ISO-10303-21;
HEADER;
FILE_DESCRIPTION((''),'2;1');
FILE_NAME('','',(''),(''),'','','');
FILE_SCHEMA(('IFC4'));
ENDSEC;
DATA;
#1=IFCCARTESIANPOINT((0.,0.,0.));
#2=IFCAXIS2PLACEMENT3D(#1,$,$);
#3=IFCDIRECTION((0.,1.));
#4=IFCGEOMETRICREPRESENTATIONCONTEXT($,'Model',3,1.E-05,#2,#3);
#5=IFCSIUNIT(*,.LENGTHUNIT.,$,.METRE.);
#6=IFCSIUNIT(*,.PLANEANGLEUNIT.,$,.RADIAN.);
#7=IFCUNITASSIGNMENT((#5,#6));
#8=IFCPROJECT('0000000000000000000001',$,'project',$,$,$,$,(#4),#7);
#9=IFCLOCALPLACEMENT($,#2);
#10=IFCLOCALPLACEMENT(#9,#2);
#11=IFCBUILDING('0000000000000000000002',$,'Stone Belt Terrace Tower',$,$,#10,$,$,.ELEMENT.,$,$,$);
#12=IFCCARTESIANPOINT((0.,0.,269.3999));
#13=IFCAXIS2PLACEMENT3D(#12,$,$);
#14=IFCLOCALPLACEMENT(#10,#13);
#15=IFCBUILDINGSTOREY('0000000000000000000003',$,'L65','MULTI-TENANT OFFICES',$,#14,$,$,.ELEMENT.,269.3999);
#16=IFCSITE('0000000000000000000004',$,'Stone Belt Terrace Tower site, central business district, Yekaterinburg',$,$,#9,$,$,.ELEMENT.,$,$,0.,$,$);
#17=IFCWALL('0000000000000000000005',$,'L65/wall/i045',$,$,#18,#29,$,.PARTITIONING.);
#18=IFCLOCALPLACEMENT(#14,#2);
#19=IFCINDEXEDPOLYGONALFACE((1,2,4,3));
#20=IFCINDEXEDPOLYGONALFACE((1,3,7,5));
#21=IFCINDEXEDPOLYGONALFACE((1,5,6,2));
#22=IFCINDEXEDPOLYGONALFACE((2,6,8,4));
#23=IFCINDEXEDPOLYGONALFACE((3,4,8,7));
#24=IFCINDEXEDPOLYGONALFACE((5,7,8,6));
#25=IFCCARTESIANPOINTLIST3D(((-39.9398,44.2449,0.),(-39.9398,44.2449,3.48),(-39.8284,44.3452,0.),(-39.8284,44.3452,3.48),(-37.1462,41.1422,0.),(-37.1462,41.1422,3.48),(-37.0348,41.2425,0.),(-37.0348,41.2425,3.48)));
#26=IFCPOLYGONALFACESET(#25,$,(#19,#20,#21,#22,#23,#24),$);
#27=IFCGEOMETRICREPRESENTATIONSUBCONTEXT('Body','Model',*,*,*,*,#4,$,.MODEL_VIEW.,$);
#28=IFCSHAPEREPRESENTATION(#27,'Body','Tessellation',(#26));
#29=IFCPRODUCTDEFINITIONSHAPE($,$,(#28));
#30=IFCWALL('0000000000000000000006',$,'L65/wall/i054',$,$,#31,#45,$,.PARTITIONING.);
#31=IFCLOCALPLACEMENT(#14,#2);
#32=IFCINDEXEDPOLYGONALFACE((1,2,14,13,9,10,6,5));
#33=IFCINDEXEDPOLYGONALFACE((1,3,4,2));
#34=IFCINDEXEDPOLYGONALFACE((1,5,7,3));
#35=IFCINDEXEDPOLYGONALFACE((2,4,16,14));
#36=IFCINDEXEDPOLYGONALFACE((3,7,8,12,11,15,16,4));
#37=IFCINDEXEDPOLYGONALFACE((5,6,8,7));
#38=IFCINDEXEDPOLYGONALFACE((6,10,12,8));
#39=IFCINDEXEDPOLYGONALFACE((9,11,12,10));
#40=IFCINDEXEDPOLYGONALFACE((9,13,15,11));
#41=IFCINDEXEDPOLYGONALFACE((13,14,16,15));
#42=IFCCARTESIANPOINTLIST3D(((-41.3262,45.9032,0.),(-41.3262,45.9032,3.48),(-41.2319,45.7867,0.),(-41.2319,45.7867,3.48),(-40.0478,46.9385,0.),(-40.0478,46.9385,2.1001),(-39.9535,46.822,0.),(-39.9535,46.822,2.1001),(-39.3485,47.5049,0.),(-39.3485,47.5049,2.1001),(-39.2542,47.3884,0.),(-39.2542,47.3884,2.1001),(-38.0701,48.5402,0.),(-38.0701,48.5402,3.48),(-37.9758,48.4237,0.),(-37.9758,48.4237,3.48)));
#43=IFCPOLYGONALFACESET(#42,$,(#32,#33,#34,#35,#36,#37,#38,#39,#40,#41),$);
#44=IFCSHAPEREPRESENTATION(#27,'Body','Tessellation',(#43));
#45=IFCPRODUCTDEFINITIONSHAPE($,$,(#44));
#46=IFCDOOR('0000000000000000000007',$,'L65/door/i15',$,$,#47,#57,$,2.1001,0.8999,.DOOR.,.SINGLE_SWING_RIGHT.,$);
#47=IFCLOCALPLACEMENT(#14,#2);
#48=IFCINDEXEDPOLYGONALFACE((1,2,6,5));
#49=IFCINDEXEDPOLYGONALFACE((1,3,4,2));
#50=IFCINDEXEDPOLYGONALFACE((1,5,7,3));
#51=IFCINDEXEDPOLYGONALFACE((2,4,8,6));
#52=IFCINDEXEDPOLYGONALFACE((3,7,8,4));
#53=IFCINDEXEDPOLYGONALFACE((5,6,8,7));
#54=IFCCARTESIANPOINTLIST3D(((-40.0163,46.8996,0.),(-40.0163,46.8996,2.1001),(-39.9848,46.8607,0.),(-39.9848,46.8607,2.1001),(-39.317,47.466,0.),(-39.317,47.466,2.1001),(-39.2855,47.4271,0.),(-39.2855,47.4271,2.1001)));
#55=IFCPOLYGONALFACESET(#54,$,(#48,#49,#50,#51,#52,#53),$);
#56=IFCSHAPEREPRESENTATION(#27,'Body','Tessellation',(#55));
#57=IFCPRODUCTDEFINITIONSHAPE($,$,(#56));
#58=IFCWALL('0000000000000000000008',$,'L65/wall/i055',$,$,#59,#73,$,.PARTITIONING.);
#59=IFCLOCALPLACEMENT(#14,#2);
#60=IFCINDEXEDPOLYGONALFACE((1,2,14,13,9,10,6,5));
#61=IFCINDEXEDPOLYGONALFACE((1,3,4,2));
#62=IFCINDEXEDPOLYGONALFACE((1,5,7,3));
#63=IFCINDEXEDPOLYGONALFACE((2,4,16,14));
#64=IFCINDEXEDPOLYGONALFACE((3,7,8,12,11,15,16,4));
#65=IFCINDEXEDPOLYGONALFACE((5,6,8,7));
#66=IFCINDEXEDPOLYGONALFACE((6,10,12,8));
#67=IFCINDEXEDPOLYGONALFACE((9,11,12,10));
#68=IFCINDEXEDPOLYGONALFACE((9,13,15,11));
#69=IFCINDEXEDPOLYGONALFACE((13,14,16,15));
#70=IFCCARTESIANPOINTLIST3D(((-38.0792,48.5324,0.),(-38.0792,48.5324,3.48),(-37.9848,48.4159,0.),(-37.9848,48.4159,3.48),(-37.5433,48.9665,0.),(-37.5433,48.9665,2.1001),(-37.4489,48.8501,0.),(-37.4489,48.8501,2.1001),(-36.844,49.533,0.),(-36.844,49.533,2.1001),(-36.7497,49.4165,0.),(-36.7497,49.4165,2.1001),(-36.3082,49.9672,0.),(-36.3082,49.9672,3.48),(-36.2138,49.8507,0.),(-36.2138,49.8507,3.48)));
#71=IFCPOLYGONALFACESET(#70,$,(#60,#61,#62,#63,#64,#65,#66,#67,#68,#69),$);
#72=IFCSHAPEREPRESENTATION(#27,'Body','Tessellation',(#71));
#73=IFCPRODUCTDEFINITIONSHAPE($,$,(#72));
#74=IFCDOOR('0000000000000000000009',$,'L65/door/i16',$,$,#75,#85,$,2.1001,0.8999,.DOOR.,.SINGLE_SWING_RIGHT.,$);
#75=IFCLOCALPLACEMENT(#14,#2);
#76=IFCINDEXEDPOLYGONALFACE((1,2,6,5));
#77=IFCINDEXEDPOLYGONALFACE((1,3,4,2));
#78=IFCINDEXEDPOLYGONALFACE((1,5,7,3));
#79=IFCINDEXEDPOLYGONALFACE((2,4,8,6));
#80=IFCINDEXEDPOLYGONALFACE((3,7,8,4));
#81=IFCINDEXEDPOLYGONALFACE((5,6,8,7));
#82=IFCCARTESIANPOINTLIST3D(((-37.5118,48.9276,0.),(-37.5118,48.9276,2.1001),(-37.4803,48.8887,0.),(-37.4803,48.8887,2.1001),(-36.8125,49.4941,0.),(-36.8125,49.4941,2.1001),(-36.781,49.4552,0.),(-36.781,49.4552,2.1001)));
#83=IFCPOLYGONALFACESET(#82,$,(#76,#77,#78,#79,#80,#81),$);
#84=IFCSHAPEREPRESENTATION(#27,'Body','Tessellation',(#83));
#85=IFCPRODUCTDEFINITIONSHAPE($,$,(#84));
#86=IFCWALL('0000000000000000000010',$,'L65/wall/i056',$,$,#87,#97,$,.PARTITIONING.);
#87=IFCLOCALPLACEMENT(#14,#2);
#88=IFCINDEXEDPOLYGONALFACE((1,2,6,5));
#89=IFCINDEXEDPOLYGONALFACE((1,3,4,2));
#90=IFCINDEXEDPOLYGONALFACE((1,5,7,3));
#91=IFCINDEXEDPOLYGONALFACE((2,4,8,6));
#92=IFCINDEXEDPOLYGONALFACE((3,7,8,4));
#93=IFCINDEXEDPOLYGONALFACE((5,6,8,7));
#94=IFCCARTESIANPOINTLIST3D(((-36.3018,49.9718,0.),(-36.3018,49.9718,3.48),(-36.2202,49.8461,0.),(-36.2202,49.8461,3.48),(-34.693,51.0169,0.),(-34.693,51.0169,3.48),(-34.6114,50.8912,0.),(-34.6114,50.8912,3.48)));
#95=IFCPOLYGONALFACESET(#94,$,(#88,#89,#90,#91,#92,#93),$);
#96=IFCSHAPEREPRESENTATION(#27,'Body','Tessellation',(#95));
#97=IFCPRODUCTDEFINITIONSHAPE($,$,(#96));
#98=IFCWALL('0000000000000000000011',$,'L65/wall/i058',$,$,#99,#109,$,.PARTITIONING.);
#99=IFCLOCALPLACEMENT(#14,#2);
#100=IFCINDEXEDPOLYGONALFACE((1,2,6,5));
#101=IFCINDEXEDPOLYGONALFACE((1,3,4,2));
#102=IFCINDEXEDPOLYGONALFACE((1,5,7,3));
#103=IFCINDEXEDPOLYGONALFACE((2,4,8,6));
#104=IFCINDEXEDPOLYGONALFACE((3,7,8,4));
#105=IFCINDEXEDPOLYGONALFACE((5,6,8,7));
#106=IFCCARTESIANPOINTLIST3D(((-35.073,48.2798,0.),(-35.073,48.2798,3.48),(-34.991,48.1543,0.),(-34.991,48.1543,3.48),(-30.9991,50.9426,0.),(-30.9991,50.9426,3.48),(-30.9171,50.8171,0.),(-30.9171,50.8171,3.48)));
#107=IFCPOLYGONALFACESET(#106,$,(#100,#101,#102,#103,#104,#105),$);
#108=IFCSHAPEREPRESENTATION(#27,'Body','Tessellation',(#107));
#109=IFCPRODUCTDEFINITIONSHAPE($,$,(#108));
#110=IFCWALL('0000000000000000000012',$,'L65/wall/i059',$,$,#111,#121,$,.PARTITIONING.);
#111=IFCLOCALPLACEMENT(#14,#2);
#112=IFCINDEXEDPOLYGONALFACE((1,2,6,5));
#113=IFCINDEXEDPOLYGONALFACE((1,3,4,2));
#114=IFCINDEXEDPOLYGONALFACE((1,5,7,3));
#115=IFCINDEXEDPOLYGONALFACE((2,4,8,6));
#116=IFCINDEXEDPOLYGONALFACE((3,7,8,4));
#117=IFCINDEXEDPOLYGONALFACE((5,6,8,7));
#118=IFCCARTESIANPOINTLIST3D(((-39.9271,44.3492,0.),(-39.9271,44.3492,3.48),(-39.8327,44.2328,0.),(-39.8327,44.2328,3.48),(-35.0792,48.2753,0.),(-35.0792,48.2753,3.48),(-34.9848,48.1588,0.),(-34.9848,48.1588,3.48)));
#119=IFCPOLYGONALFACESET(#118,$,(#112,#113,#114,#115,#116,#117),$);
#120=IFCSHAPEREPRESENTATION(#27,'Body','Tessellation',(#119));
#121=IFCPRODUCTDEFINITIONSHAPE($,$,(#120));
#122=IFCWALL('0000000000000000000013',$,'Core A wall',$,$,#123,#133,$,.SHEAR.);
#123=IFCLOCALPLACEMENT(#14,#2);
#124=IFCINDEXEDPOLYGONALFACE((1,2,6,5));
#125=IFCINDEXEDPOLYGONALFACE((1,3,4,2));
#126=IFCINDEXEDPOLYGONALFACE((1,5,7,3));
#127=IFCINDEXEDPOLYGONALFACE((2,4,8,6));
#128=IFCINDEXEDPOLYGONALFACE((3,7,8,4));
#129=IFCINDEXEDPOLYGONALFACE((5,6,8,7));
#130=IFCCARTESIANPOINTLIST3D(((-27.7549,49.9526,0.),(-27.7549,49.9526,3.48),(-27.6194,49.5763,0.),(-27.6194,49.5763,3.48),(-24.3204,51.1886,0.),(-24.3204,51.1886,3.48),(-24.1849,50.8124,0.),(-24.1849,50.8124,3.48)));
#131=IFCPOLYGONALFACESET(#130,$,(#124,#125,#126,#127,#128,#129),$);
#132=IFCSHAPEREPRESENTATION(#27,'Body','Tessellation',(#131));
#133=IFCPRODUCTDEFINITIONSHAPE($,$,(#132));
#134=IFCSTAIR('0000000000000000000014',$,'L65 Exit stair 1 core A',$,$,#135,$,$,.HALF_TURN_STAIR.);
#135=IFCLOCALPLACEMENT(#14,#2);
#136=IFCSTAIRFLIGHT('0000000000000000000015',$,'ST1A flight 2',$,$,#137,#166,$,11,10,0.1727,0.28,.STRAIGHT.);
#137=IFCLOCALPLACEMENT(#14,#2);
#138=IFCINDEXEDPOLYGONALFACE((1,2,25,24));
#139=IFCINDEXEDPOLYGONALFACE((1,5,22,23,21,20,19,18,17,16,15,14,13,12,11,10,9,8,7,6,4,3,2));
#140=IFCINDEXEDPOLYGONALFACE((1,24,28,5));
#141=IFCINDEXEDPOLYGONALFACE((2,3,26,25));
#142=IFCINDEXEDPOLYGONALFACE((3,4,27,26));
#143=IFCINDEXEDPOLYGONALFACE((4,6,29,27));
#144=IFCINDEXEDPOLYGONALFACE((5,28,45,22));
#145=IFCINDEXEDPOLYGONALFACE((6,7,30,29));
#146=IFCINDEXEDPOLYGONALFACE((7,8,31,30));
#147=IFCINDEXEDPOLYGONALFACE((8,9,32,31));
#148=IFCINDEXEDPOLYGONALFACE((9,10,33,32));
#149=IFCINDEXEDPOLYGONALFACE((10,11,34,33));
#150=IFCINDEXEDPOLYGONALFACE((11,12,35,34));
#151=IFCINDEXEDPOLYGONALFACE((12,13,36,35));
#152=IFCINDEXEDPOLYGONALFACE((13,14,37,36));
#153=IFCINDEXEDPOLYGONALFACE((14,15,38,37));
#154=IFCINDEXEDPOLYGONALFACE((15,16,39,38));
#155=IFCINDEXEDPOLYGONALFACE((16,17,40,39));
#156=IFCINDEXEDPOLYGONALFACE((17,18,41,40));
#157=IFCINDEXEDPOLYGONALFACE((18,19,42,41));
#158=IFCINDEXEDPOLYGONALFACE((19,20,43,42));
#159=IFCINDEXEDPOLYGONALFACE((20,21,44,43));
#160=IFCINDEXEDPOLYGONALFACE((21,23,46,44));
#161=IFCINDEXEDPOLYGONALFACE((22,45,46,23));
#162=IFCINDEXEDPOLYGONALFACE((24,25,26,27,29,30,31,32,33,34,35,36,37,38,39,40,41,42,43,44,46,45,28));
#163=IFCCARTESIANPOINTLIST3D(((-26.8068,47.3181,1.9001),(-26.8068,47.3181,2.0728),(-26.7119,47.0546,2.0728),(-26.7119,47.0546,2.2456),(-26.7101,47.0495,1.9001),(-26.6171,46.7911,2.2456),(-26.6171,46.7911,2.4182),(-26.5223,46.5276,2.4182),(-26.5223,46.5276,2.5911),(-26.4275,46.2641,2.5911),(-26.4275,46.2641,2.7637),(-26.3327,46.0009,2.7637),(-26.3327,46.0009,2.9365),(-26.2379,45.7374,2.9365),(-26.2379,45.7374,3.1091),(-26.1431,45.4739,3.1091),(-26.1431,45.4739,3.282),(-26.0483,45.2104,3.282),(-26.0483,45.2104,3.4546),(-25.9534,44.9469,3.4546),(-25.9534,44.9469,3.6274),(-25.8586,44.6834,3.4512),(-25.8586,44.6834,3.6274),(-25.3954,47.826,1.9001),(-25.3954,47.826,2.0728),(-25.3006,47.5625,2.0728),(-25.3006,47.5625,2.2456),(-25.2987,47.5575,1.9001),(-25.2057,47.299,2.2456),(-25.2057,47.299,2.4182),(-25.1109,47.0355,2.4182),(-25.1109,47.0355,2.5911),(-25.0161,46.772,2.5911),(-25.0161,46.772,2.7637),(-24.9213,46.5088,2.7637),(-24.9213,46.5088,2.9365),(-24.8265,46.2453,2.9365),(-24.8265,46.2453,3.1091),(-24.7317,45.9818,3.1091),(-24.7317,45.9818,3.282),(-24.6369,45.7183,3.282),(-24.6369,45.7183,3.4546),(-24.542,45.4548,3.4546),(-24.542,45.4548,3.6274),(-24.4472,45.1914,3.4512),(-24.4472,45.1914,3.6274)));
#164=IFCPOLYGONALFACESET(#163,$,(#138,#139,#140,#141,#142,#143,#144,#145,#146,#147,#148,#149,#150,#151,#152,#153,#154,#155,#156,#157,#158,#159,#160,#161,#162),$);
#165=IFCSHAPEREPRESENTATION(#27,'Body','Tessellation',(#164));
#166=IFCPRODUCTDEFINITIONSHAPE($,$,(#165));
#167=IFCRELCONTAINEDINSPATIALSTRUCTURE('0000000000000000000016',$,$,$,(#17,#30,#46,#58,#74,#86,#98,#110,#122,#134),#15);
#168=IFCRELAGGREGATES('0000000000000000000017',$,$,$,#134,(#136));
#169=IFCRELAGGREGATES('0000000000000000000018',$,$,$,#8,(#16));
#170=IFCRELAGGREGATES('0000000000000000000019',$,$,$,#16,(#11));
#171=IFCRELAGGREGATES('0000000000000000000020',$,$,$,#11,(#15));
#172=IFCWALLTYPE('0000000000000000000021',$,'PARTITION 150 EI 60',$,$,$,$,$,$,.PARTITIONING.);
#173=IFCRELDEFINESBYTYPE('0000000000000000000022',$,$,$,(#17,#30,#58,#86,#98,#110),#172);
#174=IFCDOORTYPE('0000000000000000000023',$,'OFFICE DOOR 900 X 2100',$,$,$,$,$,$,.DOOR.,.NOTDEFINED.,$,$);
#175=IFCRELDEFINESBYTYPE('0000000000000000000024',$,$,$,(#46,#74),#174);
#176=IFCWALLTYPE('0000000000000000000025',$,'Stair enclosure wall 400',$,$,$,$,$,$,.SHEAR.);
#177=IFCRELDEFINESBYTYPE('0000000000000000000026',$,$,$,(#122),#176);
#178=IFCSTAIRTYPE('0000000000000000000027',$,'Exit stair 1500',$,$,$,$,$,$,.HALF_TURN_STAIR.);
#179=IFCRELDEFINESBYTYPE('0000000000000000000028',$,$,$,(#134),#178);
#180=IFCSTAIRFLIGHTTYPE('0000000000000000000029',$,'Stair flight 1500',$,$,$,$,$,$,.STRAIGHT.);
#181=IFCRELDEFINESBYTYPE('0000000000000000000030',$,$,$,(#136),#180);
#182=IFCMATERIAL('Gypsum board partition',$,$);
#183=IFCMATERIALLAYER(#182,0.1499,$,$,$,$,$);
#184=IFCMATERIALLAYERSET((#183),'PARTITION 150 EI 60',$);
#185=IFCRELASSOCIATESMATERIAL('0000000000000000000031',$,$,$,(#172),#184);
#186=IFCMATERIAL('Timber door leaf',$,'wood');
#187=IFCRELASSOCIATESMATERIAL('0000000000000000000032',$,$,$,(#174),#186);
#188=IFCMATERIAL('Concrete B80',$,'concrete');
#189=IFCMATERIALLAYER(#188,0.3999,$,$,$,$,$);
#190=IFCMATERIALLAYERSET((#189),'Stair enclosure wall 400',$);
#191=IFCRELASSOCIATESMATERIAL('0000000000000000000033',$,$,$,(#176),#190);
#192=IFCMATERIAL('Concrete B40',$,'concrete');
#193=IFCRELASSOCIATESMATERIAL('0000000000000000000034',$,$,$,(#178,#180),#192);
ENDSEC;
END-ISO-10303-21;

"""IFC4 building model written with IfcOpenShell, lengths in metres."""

from ifc_helpers import new_model, si_unit, direction, frame, frame_2d, origin, place, context, subcontext, project, spatial, polyline, rectangle, outline, extrude, material, layer, layer_set, type_object, element, fill, aggregate, save


model = new_model("IFC4")

# Units and contexts
model_context = context("Model", 3, precision=1e-05, world=origin(), true_north=direction((0.0, 1.0)))
body_context = subcontext(model_context, "Body", "Model", "MODEL_VIEW")
ifc_project = project(units=[si_unit("LENGTHUNIT", "METRE"), si_unit("PLANEANGLEUNIT", "RADIAN")], contexts=[model_context])

# Site, building, storey
site_placement = place(None, origin())
site = spatial("IfcSite", under=ifc_project, at=site_placement, Name="Stone Belt Terrace Tower site, central business district, Yekaterinburg", CompositionType="ELEMENT", RefElevation=0.0)
building_placement = place(site_placement, origin())
building = spatial("IfcBuilding", under=site, at=building_placement, Name="Stone Belt Terrace Tower", CompositionType="ELEMENT")
storey_placement = place(building_placement, frame((0.0, 0.0, 269.3999)))
storey = spatial("IfcBuildingStorey", under=building, at=storey_placement, Name="L65", Description="MULTI-TENANT OFFICES", CompositionType="ELEMENT", Elevation=269.3999)

# Shared definitions
ifc_material_1 = material(Name="Concrete B80", Category="concrete")

# Shared definitions
ifc_material_2 = material(Name="Gypsum board partition")
ifc_layer_1 = layer(ifc_material_2, 0.1499)
ifc_layer_set_1 = layer_set([ifc_layer_1], Name="PARTITION 150 EI 60")
wall_type_1 = type_object("IfcWallType", Name="PARTITION 150 EI 60", PredefinedType="PARTITIONING", material=ifc_layer_set_1)
ifc_material_3 = material(Name="Timber door leaf", Category="wood")
door_type = type_object("IfcDoorType", Name="OFFICE DOOR 900 X 2100", OperationType="NOTDEFINED", PredefinedType="DOOR", material=ifc_material_3)

# Wall
wall_1_placement = place(storey_placement, frame((-39.884, 44.2949, 0.0), z_axis=(0.0, 0.0, 1.0), x_axis=(0.669123, -0.743152, 0.0)))
element("IfcWall", 1, at=wall_1_placement, inside=storey, type_object=wall_type_1, Name="L65/wall/i045", PredefinedType="PARTITIONING", context=body_context, shape_type="SweptSolid", body=[
    extrude(rectangle(XDim=4.175, YDim=0.1499, at=frame_2d((2.0874, 0.0))), origin(), (0.0, 0.0, 1.0), 3.48),
])

# Walls, openings, doors
wall_2_placement = place(storey_placement, frame((-41.2791, 45.845, 0.0), z_axis=(0.0, 0.0, 1.0), x_axis=(0.77712, 0.629352, 0.0)))
wall_2 = element("IfcWall", 2, at=wall_2_placement, inside=storey, type_object=wall_type_1, Name="L65/wall/i054", PredefinedType="PARTITIONING", context=body_context, shape_type="SweptSolid", body=[
    extrude(rectangle(XDim=4.1899, YDim=0.1499, at=frame_2d((2.095, 0.0))), origin(), (0.0, 0.0, 1.0), 3.48),
])
opening_1_placement = place(wall_2_placement, frame((1.645, 0.0, 0.0)))
opening_1 = element("IfcOpeningElement", 3, at=opening_1_placement, cuts=wall_2, PredefinedType="OPENING", context=body_context, shape_type="SweptSolid", body=[
    extrude(rectangle(XDim=0.8999, YDim=2.1001, at=frame_2d((0.45, 1.05))), frame((0.0, 0.085, 0.0), z_axis=(0.0, -1.0, 0.0), x_axis=(1.0, 0.0, 0.0)), (0.0, 0.0, 1.0), 0.1699),
])
door_1_placement = place(opening_1_placement, origin())
door_1 = element("IfcDoor", 4, at=door_1_placement, inside=storey, type_object=door_type, Name="L65/door/i15", OperationType="SINGLE_SWING_RIGHT", OverallHeight=2.1001, OverallWidth=0.8999, PredefinedType="DOOR", context=body_context, shape_type="SweptSolid", body=[
    extrude(rectangle(XDim=0.8999, YDim=2.1001, at=frame_2d((0.45, 1.05))), frame((0.0, 0.0249, 0.0), z_axis=(0.0, -1.0, 0.0), x_axis=(1.0, 0.0, 0.0)), (0.0, 0.0, 1.0), 0.05),
])
fill(opening_1, door_1)
wall_3_placement = place(storey_placement, frame((-38.032, 48.4741, 0.0), z_axis=(0.0, 0.0, 1.0), x_axis=(0.776998, 0.629503, 0.0)))
wall_3 = element("IfcWall", 5, at=wall_3_placement, inside=storey, type_object=wall_type_1, Name="L65/wall/i055", PredefinedType="PARTITIONING", context=body_context, shape_type="SweptSolid", body=[
    extrude(rectangle(XDim=2.2793, YDim=0.1499, at=frame_2d((1.1396, 0.0))), origin(), (0.0, 0.0, 1.0), 3.48),
])
opening_2_placement = place(wall_3_placement, frame((0.6897, 0.0, 0.0)))
opening_2 = element("IfcOpeningElement", 6, at=opening_2_placement, cuts=wall_3, PredefinedType="OPENING", context=body_context, shape_type="SweptSolid", body=[
    extrude(rectangle(XDim=0.8999, YDim=2.1001, at=frame_2d((0.45, 1.05))), frame((0.0, 0.085, 0.0), z_axis=(0.0, -1.0, 0.0), x_axis=(1.0, 0.0, 0.0)), (0.0, 0.0, 1.0), 0.1699),
])
door_2_placement = place(opening_2_placement, origin())
door_2 = element("IfcDoor", 7, at=door_2_placement, inside=storey, type_object=door_type, Name="L65/door/i16", OperationType="SINGLE_SWING_RIGHT", OverallHeight=2.1001, OverallWidth=0.8999, PredefinedType="DOOR", context=body_context, shape_type="SweptSolid", body=[
    extrude(rectangle(XDim=0.8999, YDim=2.1001, at=frame_2d((0.45, 1.05))), frame((0.0, 0.0249, 0.0), z_axis=(0.0, -1.0, 0.0), x_axis=(1.0, 0.0, 0.0)), (0.0, 0.0, 1.0), 0.05),
])
fill(opening_2, door_2)

# Walls
wall_4_placement = place(storey_placement, frame((-36.261, 49.9089, 0.0), z_axis=(0.0, 0.0, 1.0), x_axis=(0.838589, 0.544765, 0.0)))
element("IfcWall", 8, at=wall_4_placement, inside=storey, type_object=wall_type_1, Name="L65/wall/i056", PredefinedType="PARTITIONING", context=body_context, shape_type="SweptSolid", body=[
    extrude(rectangle(XDim=1.9185, YDim=0.1499, at=frame_2d((0.9592, 0.0))), origin(), (0.0, 0.0, 1.0), 3.48),
])
wall_5_placement = place(storey_placement, frame((-30.958, 50.8799, 0.0), z_axis=(0.0, 0.0, 1.0), x_axis=(-0.837055, -0.547118, 0.0)))
element("IfcWall", 9, at=wall_5_placement, inside=storey, type_object=wall_type_1, Name="L65/wall/i058", PredefinedType="PARTITIONING", context=body_context, shape_type="SweptSolid", body=[
    extrude(rectangle(XDim=4.8669, YDim=0.1499, at=frame_2d((2.4336, 0.0))), origin(), (0.0, 0.0, 1.0), 3.48),
])
wall_6_placement = place(storey_placement, frame((-35.032, 48.217, 0.0), z_axis=(0.0, 0.0, 1.0), x_axis=(-0.777125, -0.629347, 0.0)))
element("IfcWall", 10, at=wall_6_placement, inside=storey, type_object=wall_type_1, Name="L65/wall/i059", PredefinedType="PARTITIONING", context=body_context, shape_type="SweptSolid", body=[
    extrude(rectangle(XDim=6.2383, YDim=0.1499, at=frame_2d((3.1191, 0.0))), origin(), (0.0, 0.0, 1.0), 3.48),
])
ifc_layer_2 = layer(ifc_material_1, 0.3999)
ifc_layer_set_2 = layer_set([ifc_layer_2], Name="Stair enclosure wall 400")
wall_type_2 = type_object("IfcWallType", Name="Stair enclosure wall 400", PredefinedType="SHEAR", material=ifc_layer_set_2)
wall_7_placement = place(storey_placement, frame((-27.6873, 49.7644, 0.0), z_axis=(0.0, 0.0, 1.0), x_axis=(0.940919, 0.338632, 0.0)))
element("IfcWall", 11, at=wall_7_placement, inside=storey, type_object=wall_type_2, Name="Core A wall", PredefinedType="SHEAR", context=body_context, shape_type="SweptSolid", body=[
    extrude(rectangle(XDim=3.6501, YDim=0.3999, at=frame_2d((1.8252, 0.0))), origin(), (0.0, 0.0, 1.0), 3.48),
])

# Stair, stair flight
ifc_material_4 = material(Name="Concrete B40", Category="concrete")
stair_type = type_object("IfcStairType", Name="Exit stair 1500", PredefinedType="HALF_TURN_STAIR", material=ifc_material_4)
stair_placement = place(storey_placement, origin())
stair = element("IfcStair", 12, at=stair_placement, inside=storey, type_object=stair_type, Name="L65 Exit stair 1 core A", PredefinedType="HALF_TURN_STAIR")
stair_flight_type = type_object("IfcStairFlightType", Name="Stair flight 1500", PredefinedType="STRAIGHT", material=ifc_material_4)
stair_flight_placement = place(storey_placement, frame((-26.1011, 47.572, 1.9001), z_axis=(0.0, 0.0, 1.0), x_axis=(0.338624, -0.940922, 0.0)))
stair_flight = element("IfcStairFlight", 13, at=stair_flight_placement, type_object=stair_flight_type, Name="ST1A flight 2", NumberOfRisers=11, NumberOfTreads=10, PredefinedType="STRAIGHT", RiserHeight=0.1727, TreadLength=0.28, context=body_context, shape_type="SweptSolid", body=[
    extrude(outline(polyline([(0.0, 0.0), (0.0, 0.1726), (0.28, 0.1726), (0.28, 0.3455), (0.5601, 0.3455), (0.5601, 0.5181), (0.8401, 0.5181), (0.8401, 0.6909), (1.1201, 0.6909), (1.1201, 0.8635), (1.3999, 0.8635), (1.3999, 1.0364), (1.6799, 1.0364), (1.6799, 1.209), (1.96, 1.209), (1.96, 1.3818), (2.24, 1.3818), (2.24, 1.5544), (2.52, 1.5544), (2.52, 1.7273), (2.8, 1.7273), (2.8, 1.8999), (2.8, 1.551), (0.2854, 0.0), (0.0, 0.0)])), frame((0.0, 0.75, 0.0), z_axis=(0.0, -1.0, 0.0), x_axis=(1.0, 0.0, 0.0)), (0.0, 0.0, 1.0), 1.5),
])
aggregate(stair, [stair_flight])

save(model, "model.ifc")
